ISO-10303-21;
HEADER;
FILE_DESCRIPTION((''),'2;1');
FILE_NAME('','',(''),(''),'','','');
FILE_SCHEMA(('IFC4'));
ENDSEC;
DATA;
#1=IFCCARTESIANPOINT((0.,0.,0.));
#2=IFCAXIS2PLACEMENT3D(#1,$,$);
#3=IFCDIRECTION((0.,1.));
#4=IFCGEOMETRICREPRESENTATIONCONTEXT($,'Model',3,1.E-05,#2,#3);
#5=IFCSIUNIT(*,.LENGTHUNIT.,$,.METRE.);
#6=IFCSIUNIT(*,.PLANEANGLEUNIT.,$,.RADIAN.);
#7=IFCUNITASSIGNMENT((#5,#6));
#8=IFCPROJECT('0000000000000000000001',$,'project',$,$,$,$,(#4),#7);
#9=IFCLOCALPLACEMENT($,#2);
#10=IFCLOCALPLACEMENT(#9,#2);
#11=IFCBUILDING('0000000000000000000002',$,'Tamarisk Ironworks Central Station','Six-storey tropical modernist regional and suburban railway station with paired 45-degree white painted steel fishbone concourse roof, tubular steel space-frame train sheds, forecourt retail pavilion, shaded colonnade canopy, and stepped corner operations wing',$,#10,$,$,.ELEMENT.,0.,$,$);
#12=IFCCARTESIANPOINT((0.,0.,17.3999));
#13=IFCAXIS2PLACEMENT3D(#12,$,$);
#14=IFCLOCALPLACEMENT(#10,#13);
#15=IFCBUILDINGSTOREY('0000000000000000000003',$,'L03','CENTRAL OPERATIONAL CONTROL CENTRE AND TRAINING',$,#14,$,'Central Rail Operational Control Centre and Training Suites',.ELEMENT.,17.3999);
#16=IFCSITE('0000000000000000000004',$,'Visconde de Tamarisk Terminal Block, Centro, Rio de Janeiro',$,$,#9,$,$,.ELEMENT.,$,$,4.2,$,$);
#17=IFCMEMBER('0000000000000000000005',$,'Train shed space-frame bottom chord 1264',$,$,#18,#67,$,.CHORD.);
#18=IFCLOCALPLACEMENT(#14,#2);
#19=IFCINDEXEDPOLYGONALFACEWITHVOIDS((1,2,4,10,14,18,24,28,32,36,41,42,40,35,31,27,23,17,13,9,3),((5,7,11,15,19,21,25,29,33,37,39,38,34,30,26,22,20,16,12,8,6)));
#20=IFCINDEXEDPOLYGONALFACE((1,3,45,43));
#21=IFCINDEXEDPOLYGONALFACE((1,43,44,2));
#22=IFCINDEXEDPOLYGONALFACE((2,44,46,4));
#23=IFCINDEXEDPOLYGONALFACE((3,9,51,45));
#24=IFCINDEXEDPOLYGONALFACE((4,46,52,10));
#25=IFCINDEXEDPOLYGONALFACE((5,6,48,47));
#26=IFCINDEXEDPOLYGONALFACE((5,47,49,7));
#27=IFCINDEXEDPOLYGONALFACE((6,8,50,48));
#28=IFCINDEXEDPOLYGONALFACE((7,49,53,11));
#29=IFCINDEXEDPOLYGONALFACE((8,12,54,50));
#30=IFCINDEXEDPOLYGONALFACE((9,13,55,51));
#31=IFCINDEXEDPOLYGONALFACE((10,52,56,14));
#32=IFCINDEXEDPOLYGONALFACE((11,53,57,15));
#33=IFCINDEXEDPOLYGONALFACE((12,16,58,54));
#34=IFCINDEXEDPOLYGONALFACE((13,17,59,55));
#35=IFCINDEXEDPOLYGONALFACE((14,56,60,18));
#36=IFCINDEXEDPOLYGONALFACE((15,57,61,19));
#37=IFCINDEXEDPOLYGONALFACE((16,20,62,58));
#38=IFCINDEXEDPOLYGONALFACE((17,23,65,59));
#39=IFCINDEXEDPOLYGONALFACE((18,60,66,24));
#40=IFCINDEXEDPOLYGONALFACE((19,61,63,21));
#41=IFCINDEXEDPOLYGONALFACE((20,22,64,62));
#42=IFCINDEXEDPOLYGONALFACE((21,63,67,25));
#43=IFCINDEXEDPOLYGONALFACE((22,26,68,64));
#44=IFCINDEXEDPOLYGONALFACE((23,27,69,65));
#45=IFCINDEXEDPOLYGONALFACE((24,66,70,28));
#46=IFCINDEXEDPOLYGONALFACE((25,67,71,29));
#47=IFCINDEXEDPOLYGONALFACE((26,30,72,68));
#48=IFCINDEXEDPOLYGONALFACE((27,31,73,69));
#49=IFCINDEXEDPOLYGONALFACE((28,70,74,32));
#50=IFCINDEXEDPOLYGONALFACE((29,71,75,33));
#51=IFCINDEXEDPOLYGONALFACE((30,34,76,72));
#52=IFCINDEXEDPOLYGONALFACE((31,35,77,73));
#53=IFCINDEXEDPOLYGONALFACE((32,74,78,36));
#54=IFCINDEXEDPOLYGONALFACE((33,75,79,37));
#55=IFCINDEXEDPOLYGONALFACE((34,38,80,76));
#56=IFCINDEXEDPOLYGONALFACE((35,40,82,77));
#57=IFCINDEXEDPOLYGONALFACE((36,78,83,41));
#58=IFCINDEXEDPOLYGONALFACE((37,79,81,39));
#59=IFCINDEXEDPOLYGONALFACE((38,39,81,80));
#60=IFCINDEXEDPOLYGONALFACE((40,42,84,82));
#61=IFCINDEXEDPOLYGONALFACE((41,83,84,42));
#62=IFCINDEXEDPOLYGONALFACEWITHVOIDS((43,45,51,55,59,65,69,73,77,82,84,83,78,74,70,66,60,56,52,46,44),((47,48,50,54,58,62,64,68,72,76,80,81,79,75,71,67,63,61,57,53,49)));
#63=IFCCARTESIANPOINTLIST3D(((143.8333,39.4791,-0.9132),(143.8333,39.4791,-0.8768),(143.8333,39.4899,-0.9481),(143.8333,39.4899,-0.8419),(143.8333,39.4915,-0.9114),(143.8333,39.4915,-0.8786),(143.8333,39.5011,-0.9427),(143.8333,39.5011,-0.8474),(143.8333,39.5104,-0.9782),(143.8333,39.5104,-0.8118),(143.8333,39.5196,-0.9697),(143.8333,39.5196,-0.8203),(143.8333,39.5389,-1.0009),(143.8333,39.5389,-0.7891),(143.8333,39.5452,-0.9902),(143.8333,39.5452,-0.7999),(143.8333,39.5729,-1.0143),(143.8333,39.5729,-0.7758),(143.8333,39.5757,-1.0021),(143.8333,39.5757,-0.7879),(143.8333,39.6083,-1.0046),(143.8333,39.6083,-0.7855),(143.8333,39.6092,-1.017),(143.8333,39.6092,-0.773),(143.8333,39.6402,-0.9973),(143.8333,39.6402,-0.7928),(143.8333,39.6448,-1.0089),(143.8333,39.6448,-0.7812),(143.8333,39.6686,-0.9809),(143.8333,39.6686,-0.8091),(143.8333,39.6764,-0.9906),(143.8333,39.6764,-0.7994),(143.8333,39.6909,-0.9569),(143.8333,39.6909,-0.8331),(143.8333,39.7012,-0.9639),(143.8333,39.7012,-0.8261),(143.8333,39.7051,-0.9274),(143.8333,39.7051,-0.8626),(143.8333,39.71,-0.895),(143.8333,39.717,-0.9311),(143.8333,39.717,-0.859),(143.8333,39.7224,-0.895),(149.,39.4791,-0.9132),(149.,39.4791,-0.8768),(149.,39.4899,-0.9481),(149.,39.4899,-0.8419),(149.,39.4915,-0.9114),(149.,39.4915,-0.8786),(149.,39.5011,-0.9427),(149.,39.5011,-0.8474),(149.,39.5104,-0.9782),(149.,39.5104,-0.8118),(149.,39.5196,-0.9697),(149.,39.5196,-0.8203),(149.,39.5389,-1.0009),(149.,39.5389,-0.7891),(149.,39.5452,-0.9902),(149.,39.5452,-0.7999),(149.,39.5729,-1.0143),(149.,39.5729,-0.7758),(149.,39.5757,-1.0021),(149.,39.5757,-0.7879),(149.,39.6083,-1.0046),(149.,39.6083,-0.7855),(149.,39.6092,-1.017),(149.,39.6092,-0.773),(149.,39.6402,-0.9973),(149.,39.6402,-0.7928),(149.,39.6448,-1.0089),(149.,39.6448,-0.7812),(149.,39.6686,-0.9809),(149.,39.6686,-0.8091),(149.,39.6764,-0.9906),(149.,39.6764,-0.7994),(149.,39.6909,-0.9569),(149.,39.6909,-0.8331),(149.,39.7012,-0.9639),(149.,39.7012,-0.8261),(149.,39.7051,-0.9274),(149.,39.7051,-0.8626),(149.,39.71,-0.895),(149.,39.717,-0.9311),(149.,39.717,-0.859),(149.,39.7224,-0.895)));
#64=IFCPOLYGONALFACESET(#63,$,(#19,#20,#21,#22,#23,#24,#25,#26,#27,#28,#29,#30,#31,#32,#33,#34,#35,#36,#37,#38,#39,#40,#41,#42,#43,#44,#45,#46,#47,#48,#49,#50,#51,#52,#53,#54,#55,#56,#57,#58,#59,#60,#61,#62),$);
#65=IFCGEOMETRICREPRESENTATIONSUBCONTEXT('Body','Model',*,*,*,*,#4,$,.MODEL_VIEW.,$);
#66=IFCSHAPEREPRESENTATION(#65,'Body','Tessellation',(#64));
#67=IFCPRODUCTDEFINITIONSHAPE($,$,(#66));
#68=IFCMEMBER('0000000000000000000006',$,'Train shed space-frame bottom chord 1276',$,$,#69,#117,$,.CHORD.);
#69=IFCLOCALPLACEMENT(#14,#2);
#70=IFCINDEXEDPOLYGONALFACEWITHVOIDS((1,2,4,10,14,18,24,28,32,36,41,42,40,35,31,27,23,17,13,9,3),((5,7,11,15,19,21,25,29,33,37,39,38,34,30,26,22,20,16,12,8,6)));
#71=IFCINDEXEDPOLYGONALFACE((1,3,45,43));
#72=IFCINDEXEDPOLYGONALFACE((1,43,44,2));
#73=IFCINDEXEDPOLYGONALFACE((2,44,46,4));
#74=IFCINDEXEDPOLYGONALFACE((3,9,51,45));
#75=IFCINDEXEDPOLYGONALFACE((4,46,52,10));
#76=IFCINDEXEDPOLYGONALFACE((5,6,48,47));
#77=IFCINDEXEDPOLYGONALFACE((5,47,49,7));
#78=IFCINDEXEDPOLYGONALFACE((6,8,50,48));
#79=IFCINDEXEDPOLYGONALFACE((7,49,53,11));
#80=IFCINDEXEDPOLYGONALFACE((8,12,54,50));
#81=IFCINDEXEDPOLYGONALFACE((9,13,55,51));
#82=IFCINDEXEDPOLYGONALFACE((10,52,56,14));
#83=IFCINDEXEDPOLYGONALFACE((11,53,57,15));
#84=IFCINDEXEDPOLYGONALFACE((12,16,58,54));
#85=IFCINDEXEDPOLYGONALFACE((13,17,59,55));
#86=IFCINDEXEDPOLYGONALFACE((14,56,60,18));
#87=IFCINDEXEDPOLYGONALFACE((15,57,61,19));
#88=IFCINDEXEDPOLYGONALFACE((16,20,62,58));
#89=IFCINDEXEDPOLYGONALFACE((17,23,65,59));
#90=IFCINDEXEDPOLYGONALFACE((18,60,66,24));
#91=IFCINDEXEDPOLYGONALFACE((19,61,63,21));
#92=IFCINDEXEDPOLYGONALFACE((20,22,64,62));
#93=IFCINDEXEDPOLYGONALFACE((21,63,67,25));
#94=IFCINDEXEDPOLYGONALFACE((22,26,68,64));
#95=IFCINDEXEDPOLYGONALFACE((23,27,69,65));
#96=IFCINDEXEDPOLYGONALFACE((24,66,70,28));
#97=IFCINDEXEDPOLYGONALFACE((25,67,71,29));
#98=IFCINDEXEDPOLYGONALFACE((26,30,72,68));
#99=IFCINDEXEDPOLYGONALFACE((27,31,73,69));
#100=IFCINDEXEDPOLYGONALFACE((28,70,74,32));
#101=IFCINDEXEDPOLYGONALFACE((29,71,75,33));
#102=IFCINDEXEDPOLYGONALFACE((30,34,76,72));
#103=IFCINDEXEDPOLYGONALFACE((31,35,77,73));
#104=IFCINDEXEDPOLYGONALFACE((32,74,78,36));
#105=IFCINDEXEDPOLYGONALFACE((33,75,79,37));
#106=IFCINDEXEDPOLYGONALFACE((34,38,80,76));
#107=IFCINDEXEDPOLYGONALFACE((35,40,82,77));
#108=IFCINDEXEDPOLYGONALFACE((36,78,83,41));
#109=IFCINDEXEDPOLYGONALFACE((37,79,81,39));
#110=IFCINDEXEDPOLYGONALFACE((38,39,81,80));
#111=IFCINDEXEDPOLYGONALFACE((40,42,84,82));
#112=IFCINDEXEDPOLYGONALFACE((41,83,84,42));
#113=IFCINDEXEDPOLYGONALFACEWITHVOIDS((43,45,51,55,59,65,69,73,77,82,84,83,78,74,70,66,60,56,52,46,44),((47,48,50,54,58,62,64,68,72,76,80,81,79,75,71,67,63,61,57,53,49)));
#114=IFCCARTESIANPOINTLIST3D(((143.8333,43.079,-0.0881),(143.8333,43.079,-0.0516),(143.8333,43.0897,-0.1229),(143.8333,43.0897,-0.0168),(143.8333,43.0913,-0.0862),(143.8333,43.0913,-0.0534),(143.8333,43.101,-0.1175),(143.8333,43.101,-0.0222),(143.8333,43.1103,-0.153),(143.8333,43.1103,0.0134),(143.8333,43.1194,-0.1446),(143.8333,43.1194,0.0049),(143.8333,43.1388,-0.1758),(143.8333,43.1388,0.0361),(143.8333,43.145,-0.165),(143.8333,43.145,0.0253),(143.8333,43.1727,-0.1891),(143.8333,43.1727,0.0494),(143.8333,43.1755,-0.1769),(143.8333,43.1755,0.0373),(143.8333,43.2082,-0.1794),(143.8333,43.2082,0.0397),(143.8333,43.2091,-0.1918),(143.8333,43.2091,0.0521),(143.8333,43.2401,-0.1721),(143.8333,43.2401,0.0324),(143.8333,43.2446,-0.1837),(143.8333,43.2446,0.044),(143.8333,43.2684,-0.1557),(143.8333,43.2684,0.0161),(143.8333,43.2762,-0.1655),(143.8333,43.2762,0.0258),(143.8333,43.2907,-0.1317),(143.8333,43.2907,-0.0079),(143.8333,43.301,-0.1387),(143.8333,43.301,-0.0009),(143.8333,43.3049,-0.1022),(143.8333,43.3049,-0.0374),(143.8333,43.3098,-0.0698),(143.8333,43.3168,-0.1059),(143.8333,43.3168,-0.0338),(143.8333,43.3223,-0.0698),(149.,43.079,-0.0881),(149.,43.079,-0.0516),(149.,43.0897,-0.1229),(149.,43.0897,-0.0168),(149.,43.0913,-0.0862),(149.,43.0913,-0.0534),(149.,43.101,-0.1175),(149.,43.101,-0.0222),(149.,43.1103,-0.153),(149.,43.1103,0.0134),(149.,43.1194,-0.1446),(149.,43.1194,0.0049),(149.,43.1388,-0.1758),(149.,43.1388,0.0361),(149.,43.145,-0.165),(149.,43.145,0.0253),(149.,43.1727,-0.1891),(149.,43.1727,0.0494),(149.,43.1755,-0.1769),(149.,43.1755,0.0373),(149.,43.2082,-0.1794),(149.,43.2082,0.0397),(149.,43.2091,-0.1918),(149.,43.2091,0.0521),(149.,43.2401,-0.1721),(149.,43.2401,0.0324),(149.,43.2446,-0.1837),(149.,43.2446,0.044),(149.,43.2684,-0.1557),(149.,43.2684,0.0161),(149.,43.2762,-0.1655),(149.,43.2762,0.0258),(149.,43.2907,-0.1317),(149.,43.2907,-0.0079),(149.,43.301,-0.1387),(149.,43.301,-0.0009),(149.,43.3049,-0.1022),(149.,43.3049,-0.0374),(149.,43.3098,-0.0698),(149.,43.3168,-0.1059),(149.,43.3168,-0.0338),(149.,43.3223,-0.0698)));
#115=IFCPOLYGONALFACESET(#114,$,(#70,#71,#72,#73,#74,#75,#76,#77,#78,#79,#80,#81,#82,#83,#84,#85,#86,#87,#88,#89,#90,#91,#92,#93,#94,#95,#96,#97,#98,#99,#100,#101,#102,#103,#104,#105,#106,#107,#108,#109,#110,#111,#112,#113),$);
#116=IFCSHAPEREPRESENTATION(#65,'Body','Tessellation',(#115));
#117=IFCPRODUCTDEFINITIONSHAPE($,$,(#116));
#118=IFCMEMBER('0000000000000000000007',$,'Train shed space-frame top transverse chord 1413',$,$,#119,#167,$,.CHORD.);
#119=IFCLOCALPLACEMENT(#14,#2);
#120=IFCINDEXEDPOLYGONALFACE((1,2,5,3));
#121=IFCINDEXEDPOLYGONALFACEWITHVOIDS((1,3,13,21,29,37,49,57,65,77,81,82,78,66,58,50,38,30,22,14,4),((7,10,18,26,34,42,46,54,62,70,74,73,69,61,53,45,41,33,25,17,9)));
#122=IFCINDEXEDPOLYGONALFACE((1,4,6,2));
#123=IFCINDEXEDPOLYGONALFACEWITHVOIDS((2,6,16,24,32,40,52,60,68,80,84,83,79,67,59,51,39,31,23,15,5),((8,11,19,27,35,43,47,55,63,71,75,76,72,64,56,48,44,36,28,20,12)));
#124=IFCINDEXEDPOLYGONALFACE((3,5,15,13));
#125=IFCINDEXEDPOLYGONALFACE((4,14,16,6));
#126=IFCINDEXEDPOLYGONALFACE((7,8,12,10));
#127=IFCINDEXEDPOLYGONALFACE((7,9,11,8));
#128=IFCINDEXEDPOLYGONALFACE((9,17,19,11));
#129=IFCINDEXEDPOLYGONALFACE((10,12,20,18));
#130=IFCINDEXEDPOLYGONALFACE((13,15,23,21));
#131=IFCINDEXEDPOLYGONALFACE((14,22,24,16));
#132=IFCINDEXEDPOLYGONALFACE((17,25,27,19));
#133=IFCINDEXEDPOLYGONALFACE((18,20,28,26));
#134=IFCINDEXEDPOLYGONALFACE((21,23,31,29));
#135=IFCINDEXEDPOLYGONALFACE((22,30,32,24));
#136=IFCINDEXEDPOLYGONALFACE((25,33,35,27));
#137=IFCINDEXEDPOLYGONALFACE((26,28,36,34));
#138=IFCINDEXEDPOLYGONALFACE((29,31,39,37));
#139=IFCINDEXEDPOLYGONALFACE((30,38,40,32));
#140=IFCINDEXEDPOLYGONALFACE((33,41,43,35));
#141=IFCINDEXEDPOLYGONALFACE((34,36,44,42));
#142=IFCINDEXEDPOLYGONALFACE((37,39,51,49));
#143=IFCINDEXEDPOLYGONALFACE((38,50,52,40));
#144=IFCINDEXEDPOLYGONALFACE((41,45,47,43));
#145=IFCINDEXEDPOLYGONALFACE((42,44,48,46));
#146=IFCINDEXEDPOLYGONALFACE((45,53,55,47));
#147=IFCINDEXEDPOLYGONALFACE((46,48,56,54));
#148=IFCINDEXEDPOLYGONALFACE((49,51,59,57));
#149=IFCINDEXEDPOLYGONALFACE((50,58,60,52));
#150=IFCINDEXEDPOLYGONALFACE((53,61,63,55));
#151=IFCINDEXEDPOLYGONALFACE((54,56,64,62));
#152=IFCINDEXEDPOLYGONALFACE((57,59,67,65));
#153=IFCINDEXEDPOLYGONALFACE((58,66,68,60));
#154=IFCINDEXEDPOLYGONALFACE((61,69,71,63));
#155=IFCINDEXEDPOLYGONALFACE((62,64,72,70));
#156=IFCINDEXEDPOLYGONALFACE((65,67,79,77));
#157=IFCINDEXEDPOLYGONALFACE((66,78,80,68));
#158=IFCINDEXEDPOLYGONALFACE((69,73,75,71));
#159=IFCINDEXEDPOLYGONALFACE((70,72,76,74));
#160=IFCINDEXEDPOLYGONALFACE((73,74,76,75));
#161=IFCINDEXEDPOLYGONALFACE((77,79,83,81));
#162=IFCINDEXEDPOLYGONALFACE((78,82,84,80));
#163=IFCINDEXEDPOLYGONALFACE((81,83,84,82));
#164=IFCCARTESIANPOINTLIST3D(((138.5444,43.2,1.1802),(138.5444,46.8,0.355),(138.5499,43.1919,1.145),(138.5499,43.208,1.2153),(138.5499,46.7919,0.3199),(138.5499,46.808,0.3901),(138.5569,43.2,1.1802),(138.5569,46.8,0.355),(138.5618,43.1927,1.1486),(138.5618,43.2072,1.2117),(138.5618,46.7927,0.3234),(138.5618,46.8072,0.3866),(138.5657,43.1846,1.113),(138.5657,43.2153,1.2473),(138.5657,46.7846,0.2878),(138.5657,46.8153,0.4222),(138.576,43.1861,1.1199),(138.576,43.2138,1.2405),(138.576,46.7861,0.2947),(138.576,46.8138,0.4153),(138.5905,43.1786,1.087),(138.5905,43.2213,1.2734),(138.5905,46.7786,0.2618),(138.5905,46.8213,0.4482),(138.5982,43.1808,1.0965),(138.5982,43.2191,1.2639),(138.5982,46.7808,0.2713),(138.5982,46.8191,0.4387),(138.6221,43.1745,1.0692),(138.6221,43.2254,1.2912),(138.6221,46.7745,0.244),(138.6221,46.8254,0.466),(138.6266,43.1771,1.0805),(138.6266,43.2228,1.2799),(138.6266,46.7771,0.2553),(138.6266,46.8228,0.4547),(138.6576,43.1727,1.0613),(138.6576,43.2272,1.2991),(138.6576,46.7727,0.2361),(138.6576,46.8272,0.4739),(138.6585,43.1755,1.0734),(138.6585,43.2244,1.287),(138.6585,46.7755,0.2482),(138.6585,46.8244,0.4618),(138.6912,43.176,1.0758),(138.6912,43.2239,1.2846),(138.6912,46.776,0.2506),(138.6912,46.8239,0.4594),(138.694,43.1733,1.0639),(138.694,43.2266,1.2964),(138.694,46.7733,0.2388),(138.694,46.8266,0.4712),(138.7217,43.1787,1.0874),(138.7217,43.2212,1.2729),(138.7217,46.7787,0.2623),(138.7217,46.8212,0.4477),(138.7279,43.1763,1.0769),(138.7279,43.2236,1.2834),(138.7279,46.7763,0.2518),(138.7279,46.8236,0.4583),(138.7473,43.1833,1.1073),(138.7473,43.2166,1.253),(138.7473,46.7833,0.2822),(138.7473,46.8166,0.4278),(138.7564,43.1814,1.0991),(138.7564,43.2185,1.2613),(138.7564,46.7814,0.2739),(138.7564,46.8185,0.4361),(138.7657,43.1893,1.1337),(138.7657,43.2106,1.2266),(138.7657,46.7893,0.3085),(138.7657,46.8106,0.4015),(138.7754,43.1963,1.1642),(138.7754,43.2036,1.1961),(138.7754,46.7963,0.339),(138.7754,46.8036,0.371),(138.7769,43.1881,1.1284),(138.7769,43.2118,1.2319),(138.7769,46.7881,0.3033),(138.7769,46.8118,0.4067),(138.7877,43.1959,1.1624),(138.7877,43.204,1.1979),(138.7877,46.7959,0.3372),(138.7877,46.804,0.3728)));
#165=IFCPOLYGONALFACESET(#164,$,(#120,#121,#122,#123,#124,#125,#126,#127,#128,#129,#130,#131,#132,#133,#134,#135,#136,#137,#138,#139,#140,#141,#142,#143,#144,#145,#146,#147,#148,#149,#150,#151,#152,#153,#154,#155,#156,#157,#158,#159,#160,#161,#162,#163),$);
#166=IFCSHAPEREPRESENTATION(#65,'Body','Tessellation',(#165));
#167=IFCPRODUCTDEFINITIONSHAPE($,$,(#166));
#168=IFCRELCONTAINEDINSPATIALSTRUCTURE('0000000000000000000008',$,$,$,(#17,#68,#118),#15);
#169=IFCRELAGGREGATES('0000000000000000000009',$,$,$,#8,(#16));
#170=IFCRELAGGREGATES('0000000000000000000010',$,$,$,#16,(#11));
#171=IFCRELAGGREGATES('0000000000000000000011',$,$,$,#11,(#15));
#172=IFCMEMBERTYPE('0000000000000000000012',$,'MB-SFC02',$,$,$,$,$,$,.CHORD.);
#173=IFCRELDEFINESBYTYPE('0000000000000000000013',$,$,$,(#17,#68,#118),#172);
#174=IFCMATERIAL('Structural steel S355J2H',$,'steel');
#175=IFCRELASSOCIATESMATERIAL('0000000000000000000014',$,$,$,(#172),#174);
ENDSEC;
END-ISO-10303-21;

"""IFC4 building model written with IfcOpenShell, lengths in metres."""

from ifc_helpers import new_model, si_unit, direction, frame, origin, origin_2d, place, context, subcontext, project, spatial, hollow_circle, extrude, material, material_profile, profile_set, type_object, element, save


model = new_model("IFC4")

# Units and contexts
model_context = context("Model", 3, precision=1e-05, world=origin(), true_north=direction((0.0, 1.0)))
body_context = subcontext(model_context, "Body", "Model", "MODEL_VIEW")
ifc_project = project(units=[si_unit("LENGTHUNIT", "METRE"), si_unit("PLANEANGLEUNIT", "RADIAN")], contexts=[model_context])

# Site, building, storey
site_placement = place(None, origin())
site = spatial("IfcSite", under=ifc_project, at=site_placement, Name="Visconde de Tamarisk Terminal Block, Centro, Rio de Janeiro", CompositionType="ELEMENT", RefElevation=4.2)
building_placement = place(site_placement, origin())
building = spatial("IfcBuilding", under=site, at=building_placement, Name="Tamarisk Ironworks Central Station", Description="Six-storey tropical modernist regional and suburban railway station with paired 45-degree white painted steel fishbone concourse roof, tubular steel space-frame train sheds, forecourt retail pavilion, shaded colonnade canopy, and stepped corner operations wing", CompositionType="ELEMENT", ElevationOfRefHeight=0.0)
storey_placement = place(building_placement, frame((0.0, 0.0, 17.3999)))
storey = spatial("IfcBuildingStorey", under=building, at=storey_placement, Name="L03", Description="CENTRAL OPERATIONAL CONTROL CENTRE AND TRAINING", LongName="Central Rail Operational Control Centre and Training Suites", CompositionType="ELEMENT", Elevation=17.3999)

# Members
ifc_material_1 = material(Name="Structural steel S355J2H", Category="steel")
ifc_material_profile_1 = material_profile(ifc_material_1, hollow_circle(Radius=0.1223, WallThickness=0.0125, at=origin_2d()), Name="CHS 244.5x12.5")
ifc_profile_set_1 = profile_set([ifc_material_profile_1], Name="Structural steel S355J2H")
member_type_1 = type_object("IfcMemberType", Name="MB-SFC02", PredefinedType="CHORD", material=ifc_profile_set_1)
for number, where, z_axis, x_axis, name in (
    (1, (143.8333, 39.6001, -0.895), (1.0, 0.0, 0.0), (0.0, 1.0, 0.0), "Train shed space-frame bottom chord 1264"),
    (2, (143.8333, 43.2, -0.0698), (1.0, 0.0, 0.0), (0.0, 1.0, 0.0), "Train shed space-frame bottom chord 1276"),
):
    element("IfcMember", number, at=place(storey_placement, frame(where, z_axis=z_axis, x_axis=x_axis)), inside=storey, type_object=member_type_1, Name=name, PredefinedType="CHORD", context=body_context, shape_type="SweptSolid", body=[
        extrude(hollow_circle(Radius=0.1223, WallThickness=0.0125, at=origin_2d()), origin(), (0.0, 0.0, 1.0), 5.1667),
    ])
member_1_placement = place(storey_placement, frame((138.6667, 43.2, 1.1802), z_axis=(0.0, 0.974722, -0.223421), x_axis=(-1.0, 0.0, 0.0)))
element("IfcMember", 3, at=member_1_placement, inside=storey, type_object=member_type_1, Name="Train shed space-frame top transverse chord 1413", PredefinedType="CHORD", context=body_context, shape_type="SweptSolid", body=[
    extrude(hollow_circle(Radius=0.1223, WallThickness=0.0125, at=origin_2d()), origin(), (0.0, 0.0, 1.0), 3.6934),
])

save(model, "model.ifc")
